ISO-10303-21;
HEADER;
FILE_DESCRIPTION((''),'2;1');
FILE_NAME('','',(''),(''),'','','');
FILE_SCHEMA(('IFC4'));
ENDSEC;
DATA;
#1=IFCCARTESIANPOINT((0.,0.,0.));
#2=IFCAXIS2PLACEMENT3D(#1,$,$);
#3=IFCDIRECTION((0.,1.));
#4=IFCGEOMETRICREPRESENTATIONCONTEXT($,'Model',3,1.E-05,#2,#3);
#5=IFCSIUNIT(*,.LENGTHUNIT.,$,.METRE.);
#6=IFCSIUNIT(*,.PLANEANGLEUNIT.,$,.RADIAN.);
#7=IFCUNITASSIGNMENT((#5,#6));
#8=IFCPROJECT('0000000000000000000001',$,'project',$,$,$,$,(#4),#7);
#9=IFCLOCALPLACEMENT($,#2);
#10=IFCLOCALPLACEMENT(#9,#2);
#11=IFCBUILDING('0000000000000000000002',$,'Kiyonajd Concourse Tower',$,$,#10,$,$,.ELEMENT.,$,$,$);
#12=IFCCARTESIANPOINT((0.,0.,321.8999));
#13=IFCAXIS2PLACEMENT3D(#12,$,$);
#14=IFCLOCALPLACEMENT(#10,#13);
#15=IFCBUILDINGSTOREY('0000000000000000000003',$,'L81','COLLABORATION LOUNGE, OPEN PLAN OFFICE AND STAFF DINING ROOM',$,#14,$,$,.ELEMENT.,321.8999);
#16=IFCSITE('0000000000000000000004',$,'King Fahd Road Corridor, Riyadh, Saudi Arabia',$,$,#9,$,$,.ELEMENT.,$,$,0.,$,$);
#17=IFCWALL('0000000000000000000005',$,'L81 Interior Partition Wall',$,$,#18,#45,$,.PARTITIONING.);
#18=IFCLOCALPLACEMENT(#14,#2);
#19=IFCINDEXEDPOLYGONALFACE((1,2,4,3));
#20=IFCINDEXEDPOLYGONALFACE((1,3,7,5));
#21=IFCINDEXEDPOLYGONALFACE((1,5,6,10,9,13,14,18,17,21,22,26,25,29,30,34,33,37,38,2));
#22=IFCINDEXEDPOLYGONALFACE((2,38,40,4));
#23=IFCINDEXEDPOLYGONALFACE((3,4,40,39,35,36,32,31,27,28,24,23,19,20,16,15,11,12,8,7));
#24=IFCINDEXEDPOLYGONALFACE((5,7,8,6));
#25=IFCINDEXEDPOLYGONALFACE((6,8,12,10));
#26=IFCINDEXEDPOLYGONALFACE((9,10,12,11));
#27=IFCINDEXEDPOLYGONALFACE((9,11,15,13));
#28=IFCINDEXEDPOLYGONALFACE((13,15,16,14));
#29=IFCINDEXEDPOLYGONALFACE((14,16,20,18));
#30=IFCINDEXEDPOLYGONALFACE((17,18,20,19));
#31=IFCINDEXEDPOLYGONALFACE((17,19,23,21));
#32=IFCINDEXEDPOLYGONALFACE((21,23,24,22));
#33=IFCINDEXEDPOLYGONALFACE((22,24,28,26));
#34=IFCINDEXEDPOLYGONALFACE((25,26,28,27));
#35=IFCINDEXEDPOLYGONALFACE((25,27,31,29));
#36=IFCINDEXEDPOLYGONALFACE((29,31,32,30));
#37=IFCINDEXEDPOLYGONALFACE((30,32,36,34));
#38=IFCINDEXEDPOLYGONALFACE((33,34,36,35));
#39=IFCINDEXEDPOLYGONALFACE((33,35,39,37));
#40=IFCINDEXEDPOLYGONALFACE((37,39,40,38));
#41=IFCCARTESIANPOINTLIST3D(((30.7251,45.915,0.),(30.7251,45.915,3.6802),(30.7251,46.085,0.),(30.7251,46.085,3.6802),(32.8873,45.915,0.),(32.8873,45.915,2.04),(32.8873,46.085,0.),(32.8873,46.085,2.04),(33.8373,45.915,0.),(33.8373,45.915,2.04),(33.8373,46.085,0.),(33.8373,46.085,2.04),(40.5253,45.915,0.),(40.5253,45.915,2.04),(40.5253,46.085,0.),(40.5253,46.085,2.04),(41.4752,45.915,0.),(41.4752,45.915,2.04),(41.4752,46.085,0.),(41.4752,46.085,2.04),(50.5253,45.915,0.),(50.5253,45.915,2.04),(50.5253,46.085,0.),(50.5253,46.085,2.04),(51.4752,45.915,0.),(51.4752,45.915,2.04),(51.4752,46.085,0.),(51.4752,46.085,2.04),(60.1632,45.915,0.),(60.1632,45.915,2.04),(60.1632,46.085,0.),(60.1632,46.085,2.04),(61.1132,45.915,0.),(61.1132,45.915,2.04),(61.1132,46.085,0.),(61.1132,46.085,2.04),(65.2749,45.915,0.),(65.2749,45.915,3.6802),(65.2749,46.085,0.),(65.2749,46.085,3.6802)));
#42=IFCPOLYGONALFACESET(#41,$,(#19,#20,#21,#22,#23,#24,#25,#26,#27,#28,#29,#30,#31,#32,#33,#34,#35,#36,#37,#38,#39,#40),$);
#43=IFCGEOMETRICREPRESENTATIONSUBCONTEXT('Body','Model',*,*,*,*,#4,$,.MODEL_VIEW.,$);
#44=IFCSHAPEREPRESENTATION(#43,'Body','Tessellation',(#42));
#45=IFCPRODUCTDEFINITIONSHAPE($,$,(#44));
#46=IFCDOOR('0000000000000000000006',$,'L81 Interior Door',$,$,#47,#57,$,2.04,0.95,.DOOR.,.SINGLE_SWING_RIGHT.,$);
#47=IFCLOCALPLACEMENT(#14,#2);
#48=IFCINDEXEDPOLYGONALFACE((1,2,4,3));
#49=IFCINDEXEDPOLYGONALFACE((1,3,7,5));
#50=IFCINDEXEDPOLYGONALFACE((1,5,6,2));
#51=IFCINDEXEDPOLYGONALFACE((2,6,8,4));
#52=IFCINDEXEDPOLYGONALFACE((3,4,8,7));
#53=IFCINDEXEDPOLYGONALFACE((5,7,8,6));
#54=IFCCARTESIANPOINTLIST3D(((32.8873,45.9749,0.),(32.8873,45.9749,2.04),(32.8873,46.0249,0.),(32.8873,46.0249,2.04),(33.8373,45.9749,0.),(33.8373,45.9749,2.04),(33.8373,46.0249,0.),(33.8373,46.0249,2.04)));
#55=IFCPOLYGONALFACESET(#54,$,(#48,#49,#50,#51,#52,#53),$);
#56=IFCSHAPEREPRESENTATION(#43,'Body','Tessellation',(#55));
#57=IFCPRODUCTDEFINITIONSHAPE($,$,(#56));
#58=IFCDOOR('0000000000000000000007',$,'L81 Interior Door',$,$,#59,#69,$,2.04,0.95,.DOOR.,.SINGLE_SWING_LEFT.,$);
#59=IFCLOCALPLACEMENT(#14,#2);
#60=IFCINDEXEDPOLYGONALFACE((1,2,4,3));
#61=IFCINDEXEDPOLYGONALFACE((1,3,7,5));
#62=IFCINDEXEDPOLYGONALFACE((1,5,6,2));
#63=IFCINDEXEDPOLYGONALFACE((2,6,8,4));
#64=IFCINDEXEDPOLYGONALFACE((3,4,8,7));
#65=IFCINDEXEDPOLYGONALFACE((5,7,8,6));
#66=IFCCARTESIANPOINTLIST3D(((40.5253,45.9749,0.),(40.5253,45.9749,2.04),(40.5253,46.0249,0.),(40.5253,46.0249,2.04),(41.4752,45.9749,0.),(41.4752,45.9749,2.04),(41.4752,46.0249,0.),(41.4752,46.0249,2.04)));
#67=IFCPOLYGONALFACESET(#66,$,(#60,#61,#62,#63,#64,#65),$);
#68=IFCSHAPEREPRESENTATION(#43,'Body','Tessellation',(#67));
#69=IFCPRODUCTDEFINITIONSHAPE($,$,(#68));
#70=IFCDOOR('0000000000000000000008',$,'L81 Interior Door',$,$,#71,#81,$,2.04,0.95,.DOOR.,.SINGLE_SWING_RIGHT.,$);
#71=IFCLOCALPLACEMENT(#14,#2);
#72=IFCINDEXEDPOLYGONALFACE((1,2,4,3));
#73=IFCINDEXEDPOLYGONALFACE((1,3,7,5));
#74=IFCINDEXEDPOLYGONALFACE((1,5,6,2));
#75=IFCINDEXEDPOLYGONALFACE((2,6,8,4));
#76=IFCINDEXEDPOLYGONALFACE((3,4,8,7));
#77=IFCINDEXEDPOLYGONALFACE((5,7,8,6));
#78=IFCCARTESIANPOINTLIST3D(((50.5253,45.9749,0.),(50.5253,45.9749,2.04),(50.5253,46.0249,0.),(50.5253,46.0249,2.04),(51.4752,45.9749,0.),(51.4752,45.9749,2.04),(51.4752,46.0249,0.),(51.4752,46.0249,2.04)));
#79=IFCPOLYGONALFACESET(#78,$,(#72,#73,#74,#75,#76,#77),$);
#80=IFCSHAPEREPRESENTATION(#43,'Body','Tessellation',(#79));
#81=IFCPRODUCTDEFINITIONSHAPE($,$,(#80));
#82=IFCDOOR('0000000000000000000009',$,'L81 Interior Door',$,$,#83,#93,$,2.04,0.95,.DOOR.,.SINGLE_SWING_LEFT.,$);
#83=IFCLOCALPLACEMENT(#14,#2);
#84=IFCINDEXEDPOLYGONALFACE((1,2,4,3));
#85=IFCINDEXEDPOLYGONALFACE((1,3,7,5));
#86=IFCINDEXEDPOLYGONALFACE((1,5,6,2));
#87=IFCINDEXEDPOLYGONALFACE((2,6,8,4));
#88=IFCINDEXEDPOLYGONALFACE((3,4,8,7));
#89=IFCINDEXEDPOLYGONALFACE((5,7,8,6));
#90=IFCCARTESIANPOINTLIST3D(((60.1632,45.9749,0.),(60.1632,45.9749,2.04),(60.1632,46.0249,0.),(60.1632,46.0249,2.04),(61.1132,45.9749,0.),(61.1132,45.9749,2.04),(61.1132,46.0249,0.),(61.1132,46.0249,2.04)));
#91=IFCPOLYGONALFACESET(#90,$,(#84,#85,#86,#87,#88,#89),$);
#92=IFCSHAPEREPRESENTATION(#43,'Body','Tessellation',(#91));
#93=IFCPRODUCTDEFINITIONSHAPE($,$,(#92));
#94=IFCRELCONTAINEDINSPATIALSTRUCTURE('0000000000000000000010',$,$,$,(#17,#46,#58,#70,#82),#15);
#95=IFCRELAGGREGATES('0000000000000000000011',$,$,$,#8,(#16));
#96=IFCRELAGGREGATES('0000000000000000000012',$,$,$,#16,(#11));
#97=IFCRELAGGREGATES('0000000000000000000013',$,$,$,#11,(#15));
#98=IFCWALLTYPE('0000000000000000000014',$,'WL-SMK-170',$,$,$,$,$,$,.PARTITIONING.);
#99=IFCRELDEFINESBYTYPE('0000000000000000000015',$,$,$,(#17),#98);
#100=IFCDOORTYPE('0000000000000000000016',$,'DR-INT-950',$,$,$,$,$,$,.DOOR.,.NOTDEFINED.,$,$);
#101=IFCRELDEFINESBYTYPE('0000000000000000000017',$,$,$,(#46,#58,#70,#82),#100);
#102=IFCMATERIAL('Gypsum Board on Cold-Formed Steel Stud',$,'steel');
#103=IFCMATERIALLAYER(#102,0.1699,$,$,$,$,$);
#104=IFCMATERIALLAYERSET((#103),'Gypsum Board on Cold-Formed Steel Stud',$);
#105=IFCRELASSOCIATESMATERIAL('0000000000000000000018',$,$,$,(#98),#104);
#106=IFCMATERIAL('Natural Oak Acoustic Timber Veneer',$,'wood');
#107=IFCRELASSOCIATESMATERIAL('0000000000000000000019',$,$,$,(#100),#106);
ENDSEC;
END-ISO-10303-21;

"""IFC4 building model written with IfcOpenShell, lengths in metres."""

from ifc_helpers import new_model, si_unit, direction, frame, frame_2d, origin, place, context, subcontext, project, spatial, rectangle, extrude, material, layer, layer_set, type_object, element, fill, save


model = new_model("IFC4")

# Units and contexts
model_context = context("Model", 3, precision=1e-05, world=origin(), true_north=direction((0.0, 1.0)))
body_context = subcontext(model_context, "Body", "Model", "MODEL_VIEW")
ifc_project = project(units=[si_unit("LENGTHUNIT", "METRE"), si_unit("PLANEANGLEUNIT", "RADIAN")], contexts=[model_context])

# Site, building, storey
site_placement = place(None, origin())
site = spatial("IfcSite", under=ifc_project, at=site_placement, Name="King Fahd Road Corridor, Riyadh, Saudi Arabia", CompositionType="ELEMENT", RefElevation=0.0)
building_placement = place(site_placement, origin())
building = spatial("IfcBuilding", under=site, at=building_placement, Name="Kiyonajd Concourse Tower", CompositionType="ELEMENT")
storey_placement = place(building_placement, frame((0.0, 0.0, 321.8999)))
storey = spatial("IfcBuildingStorey", under=building, at=storey_placement, Name="L81", Description="COLLABORATION LOUNGE, OPEN PLAN OFFICE AND STAFF DINING ROOM", CompositionType="ELEMENT", Elevation=321.8999)

# Wall, openings, doors
ifc_material_1 = material(Name="Gypsum Board on Cold-Formed Steel Stud", Category="steel")
ifc_layer_1 = layer(ifc_material_1, 0.1699)
ifc_layer_set_1 = layer_set([ifc_layer_1], Name="Gypsum Board on Cold-Formed Steel Stud")
wall_type_1 = type_object("IfcWallType", Name="WL-SMK-170", PredefinedType="PARTITIONING", material=ifc_layer_set_1)
wall_1_placement = place(storey_placement, frame((30.7251, 46.0, 0.0), z_axis=(0.0, 0.0, 1.0), x_axis=(1.0, 0.0, 0.0)))
wall_1 = element("IfcWall", 1, at=wall_1_placement, inside=storey, type_object=wall_type_1, Name="L81 Interior Partition Wall", PredefinedType="PARTITIONING", context=body_context, shape_type="SweptSolid", body=[
    extrude(rectangle(XDim=34.5498, YDim=0.1699, at=frame_2d((17.2749, 0.0))), origin(), (0.0, 0.0, 1.0), 3.6802),
])
opening_1_placement = place(wall_1_placement, frame((2.1621, 0.0, 0.0)))
opening_1 = element("IfcOpeningElement", 2, at=opening_1_placement, cuts=wall_1, PredefinedType="OPENING", context=body_context, shape_type="SweptSolid", body=[
    extrude(rectangle(XDim=0.95, YDim=2.04, at=frame_2d((0.4751, 1.02))), frame((0.0, 0.095, 0.0), z_axis=(0.0, -1.0, 0.0), x_axis=(1.0, 0.0, 0.0)), (0.0, 0.0, 1.0), 0.1899),
])
opening_2_placement = place(wall_1_placement, frame((9.8, 0.0, 0.0)))
opening_2 = element("IfcOpeningElement", 3, at=opening_2_placement, cuts=wall_1, PredefinedType="OPENING", context=body_context, shape_type="SweptSolid", body=[
    extrude(rectangle(XDim=0.95, YDim=2.04, at=frame_2d((0.4751, 1.02))), frame((0.0, 0.095, 0.0), z_axis=(0.0, -1.0, 0.0), x_axis=(1.0, 0.0, 0.0)), (0.0, 0.0, 1.0), 0.1899),
])
opening_3_placement = place(wall_1_placement, frame((19.8, 0.0, 0.0)))
opening_3 = element("IfcOpeningElement", 4, at=opening_3_placement, cuts=wall_1, PredefinedType="OPENING", context=body_context, shape_type="SweptSolid", body=[
    extrude(rectangle(XDim=0.95, YDim=2.04, at=frame_2d((0.4751, 1.02))), frame((0.0, 0.095, 0.0), z_axis=(0.0, -1.0, 0.0), x_axis=(1.0, 0.0, 0.0)), (0.0, 0.0, 1.0), 0.1899),
])
opening_4_placement = place(wall_1_placement, frame((29.438, 0.0, 0.0)))
opening_4 = element("IfcOpeningElement", 5, at=opening_4_placement, cuts=wall_1, PredefinedType="OPENING", context=body_context, shape_type="SweptSolid", body=[
    extrude(rectangle(XDim=0.95, YDim=2.04, at=frame_2d((0.4751, 1.02))), frame((0.0, 0.095, 0.0), z_axis=(0.0, -1.0, 0.0), x_axis=(1.0, 0.0, 0.0)), (0.0, 0.0, 1.0), 0.1899),
])
ifc_material_2 = material(Name="Natural Oak Acoustic Timber Veneer", Category="wood")
door_type = type_object("IfcDoorType", Name="DR-INT-950", OperationType="NOTDEFINED", PredefinedType="DOOR", material=ifc_material_2)
door_1_placement = place(opening_1_placement, origin())
door_1 = element("IfcDoor", 6, at=door_1_placement, inside=storey, type_object=door_type, Name="L81 Interior Door", OperationType="SINGLE_SWING_RIGHT", OverallHeight=2.04, OverallWidth=0.95, PredefinedType="DOOR", context=body_context, shape_type="SweptSolid", body=[
    extrude(rectangle(XDim=0.95, YDim=2.04, at=frame_2d((0.4751, 1.02))), frame((0.0, 0.0249, 0.0), z_axis=(0.0, -1.0, 0.0), x_axis=(1.0, 0.0, 0.0)), (0.0, 0.0, 1.0), 0.05),
])
fill(opening_1, door_1)
door_2_placement = place(opening_2_placement, origin())
door_2 = element("IfcDoor", 7, at=door_2_placement, inside=storey, type_object=door_type, Name="L81 Interior Door", OperationType="SINGLE_SWING_LEFT", OverallHeight=2.04, OverallWidth=0.95, PredefinedType="DOOR", context=body_context, shape_type="SweptSolid", body=[
    extrude(rectangle(XDim=0.95, YDim=2.04, at=frame_2d((0.4751, 1.02))), frame((0.0, 0.0249, 0.0), z_axis=(0.0, -1.0, 0.0), x_axis=(1.0, 0.0, 0.0)), (0.0, 0.0, 1.0), 0.05),
])
fill(opening_2, door_2)
door_3_placement = place(opening_3_placement, origin())
door_3 = element("IfcDoor", 8, at=door_3_placement, inside=storey, type_object=door_type, Name="L81 Interior Door", OperationType="SINGLE_SWING_RIGHT", OverallHeight=2.04, OverallWidth=0.95, PredefinedType="DOOR", context=body_context, shape_type="SweptSolid", body=[
    extrude(rectangle(XDim=0.95, YDim=2.04, at=frame_2d((0.4751, 1.02))), frame((0.0, 0.0249, 0.0), z_axis=(0.0, -1.0, 0.0), x_axis=(1.0, 0.0, 0.0)), (0.0, 0.0, 1.0), 0.05),
])
fill(opening_3, door_3)
door_4_placement = place(opening_4_placement, origin())
door_4 = element("IfcDoor", 9, at=door_4_placement, inside=storey, type_object=door_type, Name="L81 Interior Door", OperationType="SINGLE_SWING_LEFT", OverallHeight=2.04, OverallWidth=0.95, PredefinedType="DOOR", context=body_context, shape_type="SweptSolid", body=[
    extrude(rectangle(XDim=0.95, YDim=2.04, at=frame_2d((0.4751, 1.02))), frame((0.0, 0.0249, 0.0), z_axis=(0.0, -1.0, 0.0), x_axis=(1.0, 0.0, 0.0)), (0.0, 0.0, 1.0), 0.05),
])
fill(opening_4, door_4)

save(model, "model.ifc")
